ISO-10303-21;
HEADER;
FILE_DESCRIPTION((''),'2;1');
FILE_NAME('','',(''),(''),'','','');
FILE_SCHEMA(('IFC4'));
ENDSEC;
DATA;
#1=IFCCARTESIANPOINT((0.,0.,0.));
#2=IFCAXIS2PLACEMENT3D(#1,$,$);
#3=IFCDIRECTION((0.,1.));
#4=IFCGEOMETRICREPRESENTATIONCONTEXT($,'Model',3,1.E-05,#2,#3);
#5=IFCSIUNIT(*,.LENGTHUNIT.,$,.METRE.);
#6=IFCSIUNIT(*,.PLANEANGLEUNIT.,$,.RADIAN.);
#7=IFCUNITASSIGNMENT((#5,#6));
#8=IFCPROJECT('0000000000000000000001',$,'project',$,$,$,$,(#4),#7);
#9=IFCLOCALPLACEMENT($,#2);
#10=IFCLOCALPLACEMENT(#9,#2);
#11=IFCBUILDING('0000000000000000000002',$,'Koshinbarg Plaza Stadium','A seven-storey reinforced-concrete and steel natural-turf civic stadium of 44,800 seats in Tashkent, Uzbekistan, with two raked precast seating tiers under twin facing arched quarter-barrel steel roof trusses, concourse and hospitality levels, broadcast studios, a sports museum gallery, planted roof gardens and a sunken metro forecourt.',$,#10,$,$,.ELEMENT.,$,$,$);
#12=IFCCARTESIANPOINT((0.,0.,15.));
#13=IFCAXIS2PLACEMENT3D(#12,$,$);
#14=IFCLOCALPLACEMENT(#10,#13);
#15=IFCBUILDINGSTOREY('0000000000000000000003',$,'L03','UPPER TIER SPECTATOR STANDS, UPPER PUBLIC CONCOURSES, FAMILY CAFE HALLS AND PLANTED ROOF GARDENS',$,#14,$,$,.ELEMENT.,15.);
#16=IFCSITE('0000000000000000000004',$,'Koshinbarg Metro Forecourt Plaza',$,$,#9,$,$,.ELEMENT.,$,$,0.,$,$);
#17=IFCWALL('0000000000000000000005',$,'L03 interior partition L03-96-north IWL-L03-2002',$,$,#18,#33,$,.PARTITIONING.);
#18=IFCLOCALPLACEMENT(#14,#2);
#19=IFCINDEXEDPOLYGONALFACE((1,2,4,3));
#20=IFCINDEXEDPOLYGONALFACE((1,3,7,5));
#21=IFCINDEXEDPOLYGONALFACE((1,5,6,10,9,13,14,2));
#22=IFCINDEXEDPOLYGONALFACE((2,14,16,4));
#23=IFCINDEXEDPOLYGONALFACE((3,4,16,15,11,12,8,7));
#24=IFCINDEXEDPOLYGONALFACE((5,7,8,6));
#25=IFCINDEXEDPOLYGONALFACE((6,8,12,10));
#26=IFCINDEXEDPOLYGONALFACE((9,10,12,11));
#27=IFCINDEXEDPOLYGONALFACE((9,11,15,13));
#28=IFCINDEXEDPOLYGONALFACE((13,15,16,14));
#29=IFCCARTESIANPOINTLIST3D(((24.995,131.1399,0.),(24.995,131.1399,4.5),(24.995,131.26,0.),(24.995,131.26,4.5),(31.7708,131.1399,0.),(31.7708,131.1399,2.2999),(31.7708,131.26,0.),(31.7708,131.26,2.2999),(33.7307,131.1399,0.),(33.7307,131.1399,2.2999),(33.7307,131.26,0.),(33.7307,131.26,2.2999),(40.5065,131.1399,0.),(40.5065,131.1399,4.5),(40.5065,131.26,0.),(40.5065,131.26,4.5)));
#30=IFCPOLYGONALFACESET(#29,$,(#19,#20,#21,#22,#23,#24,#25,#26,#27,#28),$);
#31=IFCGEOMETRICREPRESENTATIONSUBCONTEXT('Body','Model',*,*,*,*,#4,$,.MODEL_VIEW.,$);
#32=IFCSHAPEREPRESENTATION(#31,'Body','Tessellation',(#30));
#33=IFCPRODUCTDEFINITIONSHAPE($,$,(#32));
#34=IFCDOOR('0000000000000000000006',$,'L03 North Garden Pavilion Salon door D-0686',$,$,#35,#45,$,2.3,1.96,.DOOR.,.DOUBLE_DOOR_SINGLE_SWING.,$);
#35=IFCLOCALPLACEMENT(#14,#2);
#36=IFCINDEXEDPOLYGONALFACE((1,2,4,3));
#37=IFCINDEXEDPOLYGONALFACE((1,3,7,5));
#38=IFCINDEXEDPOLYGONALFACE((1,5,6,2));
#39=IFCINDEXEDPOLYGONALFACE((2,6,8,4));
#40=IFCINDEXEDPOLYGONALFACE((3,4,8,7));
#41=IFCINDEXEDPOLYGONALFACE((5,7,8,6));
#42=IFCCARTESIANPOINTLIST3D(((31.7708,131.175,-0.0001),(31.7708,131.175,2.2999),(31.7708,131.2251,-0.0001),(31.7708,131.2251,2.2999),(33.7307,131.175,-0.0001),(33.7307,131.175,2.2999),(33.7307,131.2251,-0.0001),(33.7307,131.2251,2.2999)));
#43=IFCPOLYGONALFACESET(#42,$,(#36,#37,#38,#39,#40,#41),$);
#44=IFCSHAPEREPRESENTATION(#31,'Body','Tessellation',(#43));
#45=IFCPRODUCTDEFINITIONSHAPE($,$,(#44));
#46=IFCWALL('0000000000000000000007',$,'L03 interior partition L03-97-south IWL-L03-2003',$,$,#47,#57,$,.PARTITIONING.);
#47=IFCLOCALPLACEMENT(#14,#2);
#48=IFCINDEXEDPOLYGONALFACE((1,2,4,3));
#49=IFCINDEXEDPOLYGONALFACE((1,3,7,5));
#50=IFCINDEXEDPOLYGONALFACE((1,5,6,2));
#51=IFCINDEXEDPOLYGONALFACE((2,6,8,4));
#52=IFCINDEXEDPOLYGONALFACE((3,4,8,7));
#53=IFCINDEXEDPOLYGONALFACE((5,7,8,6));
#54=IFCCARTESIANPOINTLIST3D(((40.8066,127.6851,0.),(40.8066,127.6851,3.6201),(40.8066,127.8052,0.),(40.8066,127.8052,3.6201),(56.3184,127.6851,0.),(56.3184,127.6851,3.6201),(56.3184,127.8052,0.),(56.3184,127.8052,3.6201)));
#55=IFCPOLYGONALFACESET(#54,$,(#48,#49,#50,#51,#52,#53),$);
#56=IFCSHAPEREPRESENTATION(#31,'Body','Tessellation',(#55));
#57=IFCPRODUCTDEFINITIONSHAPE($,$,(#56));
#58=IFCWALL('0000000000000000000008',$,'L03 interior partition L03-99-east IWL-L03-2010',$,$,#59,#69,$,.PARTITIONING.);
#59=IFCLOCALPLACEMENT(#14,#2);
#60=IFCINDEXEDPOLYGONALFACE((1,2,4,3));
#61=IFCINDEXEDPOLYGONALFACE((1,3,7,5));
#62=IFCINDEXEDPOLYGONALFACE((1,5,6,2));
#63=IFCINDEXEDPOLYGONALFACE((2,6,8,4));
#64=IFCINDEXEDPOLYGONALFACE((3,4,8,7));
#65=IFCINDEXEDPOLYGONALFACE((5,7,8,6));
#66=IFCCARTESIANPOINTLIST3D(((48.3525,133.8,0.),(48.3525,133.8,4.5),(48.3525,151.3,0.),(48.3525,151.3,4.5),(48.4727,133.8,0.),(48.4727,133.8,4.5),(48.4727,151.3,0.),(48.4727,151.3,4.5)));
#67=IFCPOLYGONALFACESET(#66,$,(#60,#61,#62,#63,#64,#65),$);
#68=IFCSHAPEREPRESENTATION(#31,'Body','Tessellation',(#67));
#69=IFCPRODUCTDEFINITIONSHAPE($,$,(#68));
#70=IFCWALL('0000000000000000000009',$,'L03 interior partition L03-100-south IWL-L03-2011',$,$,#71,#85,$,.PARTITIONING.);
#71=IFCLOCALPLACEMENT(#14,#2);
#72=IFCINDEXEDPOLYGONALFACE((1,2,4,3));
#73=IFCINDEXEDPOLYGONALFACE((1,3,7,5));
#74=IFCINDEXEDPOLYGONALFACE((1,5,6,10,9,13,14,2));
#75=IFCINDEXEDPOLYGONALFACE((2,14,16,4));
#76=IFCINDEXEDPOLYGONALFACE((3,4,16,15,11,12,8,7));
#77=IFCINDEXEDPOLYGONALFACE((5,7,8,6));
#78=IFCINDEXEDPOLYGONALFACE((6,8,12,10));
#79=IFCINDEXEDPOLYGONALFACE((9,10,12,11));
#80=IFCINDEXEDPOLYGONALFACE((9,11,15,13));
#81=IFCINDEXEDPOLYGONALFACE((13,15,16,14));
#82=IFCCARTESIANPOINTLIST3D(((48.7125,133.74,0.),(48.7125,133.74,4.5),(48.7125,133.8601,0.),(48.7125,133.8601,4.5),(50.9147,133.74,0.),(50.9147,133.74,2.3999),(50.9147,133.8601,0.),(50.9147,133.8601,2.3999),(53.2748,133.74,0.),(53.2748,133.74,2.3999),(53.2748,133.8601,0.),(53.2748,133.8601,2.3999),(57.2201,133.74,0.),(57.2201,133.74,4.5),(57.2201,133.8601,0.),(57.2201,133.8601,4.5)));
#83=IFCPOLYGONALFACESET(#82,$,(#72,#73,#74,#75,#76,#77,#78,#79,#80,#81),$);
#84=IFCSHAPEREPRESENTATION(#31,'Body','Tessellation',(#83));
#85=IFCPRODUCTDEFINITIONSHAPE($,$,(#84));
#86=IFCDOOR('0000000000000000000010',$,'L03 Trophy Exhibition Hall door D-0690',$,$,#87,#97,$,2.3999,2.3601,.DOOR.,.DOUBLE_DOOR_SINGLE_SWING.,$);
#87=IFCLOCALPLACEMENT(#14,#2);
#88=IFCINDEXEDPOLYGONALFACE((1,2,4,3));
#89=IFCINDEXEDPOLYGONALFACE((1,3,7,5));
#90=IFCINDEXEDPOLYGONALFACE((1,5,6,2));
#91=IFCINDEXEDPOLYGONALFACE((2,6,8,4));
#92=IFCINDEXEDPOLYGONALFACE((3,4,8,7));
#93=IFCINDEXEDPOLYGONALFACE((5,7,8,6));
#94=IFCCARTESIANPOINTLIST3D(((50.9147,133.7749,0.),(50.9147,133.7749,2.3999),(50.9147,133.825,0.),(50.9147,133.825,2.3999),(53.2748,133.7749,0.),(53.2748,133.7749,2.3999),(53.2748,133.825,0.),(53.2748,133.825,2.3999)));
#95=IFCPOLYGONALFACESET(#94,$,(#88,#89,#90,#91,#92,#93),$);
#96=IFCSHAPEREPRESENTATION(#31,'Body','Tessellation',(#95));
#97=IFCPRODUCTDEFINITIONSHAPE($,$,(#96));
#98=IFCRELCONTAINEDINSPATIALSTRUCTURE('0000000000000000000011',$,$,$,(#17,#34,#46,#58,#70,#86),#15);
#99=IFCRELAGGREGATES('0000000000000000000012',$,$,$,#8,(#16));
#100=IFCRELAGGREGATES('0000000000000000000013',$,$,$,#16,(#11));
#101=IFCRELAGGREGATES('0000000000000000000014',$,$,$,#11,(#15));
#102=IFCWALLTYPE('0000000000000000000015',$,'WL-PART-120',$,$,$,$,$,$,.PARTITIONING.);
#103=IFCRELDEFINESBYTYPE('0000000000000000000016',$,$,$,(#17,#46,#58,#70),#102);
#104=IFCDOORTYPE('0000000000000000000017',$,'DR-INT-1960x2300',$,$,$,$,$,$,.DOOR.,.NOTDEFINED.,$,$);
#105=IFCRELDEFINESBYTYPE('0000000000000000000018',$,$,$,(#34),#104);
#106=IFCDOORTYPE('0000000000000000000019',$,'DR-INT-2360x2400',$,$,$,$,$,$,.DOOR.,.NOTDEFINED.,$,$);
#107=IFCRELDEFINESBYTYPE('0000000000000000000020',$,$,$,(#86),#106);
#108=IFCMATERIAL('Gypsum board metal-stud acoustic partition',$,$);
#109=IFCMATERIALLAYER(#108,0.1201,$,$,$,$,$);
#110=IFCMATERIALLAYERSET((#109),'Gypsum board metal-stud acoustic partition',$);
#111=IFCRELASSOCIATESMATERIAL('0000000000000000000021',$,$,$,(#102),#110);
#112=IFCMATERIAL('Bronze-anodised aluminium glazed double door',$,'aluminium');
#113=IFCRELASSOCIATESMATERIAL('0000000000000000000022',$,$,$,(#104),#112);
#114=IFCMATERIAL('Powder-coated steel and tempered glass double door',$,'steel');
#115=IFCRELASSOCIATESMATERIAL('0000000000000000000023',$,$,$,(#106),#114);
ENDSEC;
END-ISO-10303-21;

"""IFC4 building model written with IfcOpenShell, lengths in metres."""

from ifc_helpers import new_model, si_unit, direction, frame, frame_2d, origin, place, context, subcontext, project, spatial, rectangle, extrude, material, layer, layer_set, type_object, element, fill, save


model = new_model("IFC4")

# Units and contexts
model_context = context("Model", 3, precision=1e-05, world=origin(), true_north=direction((0.0, 1.0)))
body_context = subcontext(model_context, "Body", "Model", "MODEL_VIEW")
ifc_project = project(units=[si_unit("LENGTHUNIT", "METRE"), si_unit("PLANEANGLEUNIT", "RADIAN")], contexts=[model_context])

# Site, building, storey
site_placement = place(None, origin())
site = spatial("IfcSite", under=ifc_project, at=site_placement, Name="Koshinbarg Metro Forecourt Plaza", CompositionType="ELEMENT", RefElevation=0.0)
building_placement = place(site_placement, origin())
building = spatial("IfcBuilding", under=site, at=building_placement, Name="Koshinbarg Plaza Stadium", Description="A seven-storey reinforced-concrete and steel natural-turf civic stadium of 44,800 seats in Tashkent, Uzbekistan, with two raked precast seating tiers under twin facing arched quarter-barrel steel roof trusses, concourse and hospitality levels, broadcast studios, a sports museum gallery, planted roof gardens and a sunken metro forecourt.", CompositionType="ELEMENT")
storey_placement = place(building_placement, frame((0.0, 0.0, 15.0)))
storey = spatial("IfcBuildingStorey", under=building, at=storey_placement, Name="L03", Description="UPPER TIER SPECTATOR STANDS, UPPER PUBLIC CONCOURSES, FAMILY CAFE HALLS AND PLANTED ROOF GARDENS", CompositionType="ELEMENT", Elevation=15.0)

# Shared definitions
ifc_material_1 = material(Name="Gypsum board metal-stud acoustic partition")
ifc_layer_1 = layer(ifc_material_1, 0.1201)
ifc_layer_set_1 = layer_set([ifc_layer_1], Name="Gypsum board metal-stud acoustic partition")
wall_type_1 = type_object("IfcWallType", Name="WL-PART-120", PredefinedType="PARTITIONING", material=ifc_layer_set_1)

# Wall, opening, door
wall_1_placement = place(storey_placement, frame((40.5066, 131.2, 0.0), z_axis=(0.0, 0.0, 1.0), x_axis=(-1.0, 0.0, 0.0)))
wall_1 = element("IfcWall", 1, at=wall_1_placement, inside=storey, type_object=wall_type_1, Name="L03 interior partition L03-96-north IWL-L03-2002", PredefinedType="PARTITIONING", context=body_context, shape_type="SweptSolid", body=[
    extrude(rectangle(XDim=15.5115, YDim=0.1201, at=frame_2d((7.7559, 0.0))), origin(), (0.0, 0.0, 1.0), 4.5),
])
opening_1_placement = place(wall_1_placement, frame((6.7759, 0.0, 0.0)))
opening_1 = element("IfcOpeningElement", 2, at=opening_1_placement, cuts=wall_1, PredefinedType="OPENING", context=body_context, shape_type="SweptSolid", body=[
    extrude(rectangle(XDim=1.96, YDim=2.3, at=frame_2d((0.98, 1.1499))), frame((0.0, 0.0701, 0.0), z_axis=(0.0, -1.0, 0.0), x_axis=(1.0, 0.0, 0.0)), (0.0, 0.0, 1.0), 0.1401),
])
ifc_material_2 = material(Name="Bronze-anodised aluminium glazed double door", Category="aluminium")
door_type_1 = type_object("IfcDoorType", Name="DR-INT-1960x2300", OperationType="NOTDEFINED", PredefinedType="DOOR", material=ifc_material_2)
door_1_placement = place(opening_1_placement, origin())
door_1 = element("IfcDoor", 3, at=door_1_placement, inside=storey, type_object=door_type_1, Name="L03 North Garden Pavilion Salon door D-0686", OperationType="DOUBLE_DOOR_SINGLE_SWING", OverallHeight=2.3, OverallWidth=1.96, PredefinedType="DOOR", context=body_context, shape_type="SweptSolid", body=[
    extrude(rectangle(XDim=1.96, YDim=2.3, at=frame_2d((0.98, 1.1499))), frame((0.0, 0.0249, 0.0), z_axis=(0.0, -1.0, 0.0), x_axis=(1.0, 0.0, 0.0)), (0.0, 0.0, 1.0), 0.05),
])
fill(opening_1, door_1)

# Walls
wall_2_placement = place(storey_placement, frame((40.8066, 127.7451, 0.0), z_axis=(0.0, 0.0, 1.0), x_axis=(1.0, 0.0, 0.0)))
element("IfcWall", 4, at=wall_2_placement, inside=storey, type_object=wall_type_1, Name="L03 interior partition L03-97-south IWL-L03-2003", PredefinedType="PARTITIONING", context=body_context, shape_type="SweptSolid", body=[
    extrude(rectangle(XDim=15.5117, YDim=0.1201, at=frame_2d((7.7559, 0.0))), origin(), (0.0, 0.0, 1.0), 3.6201),
])
wall_3_placement = place(storey_placement, frame((48.4126, 133.8, 0.0), z_axis=(0.0, 0.0, 1.0), x_axis=(0.0, 1.0, 0.0)))
element("IfcWall", 5, at=wall_3_placement, inside=storey, type_object=wall_type_1, Name="L03 interior partition L03-99-east IWL-L03-2010", PredefinedType="PARTITIONING", context=body_context, shape_type="SweptSolid", body=[
    extrude(rectangle(XDim=17.5, YDim=0.1201, at=frame_2d((8.75, 0.0))), origin(), (0.0, 0.0, 1.0), 4.5),
])

# Wall, opening, door
wall_4_placement = place(storey_placement, frame((48.7124, 133.8, 0.0), z_axis=(0.0, 0.0, 1.0), x_axis=(1.0, 0.0, 0.0)))
wall_4 = element("IfcWall", 6, at=wall_4_placement, inside=storey, type_object=wall_type_1, Name="L03 interior partition L03-100-south IWL-L03-2011", PredefinedType="PARTITIONING", context=body_context, shape_type="SweptSolid", body=[
    extrude(rectangle(XDim=8.5076, YDim=0.1201, at=frame_2d((4.2539, 0.0))), origin(), (0.0, 0.0, 1.0), 4.5),
])
opening_2_placement = place(wall_4_placement, frame((2.2021, 0.0, 0.0)))
opening_2 = element("IfcOpeningElement", 7, at=opening_2_placement, cuts=wall_4, PredefinedType="OPENING", context=body_context, shape_type="SweptSolid", body=[
    extrude(rectangle(XDim=2.3601, YDim=2.3999, at=frame_2d((1.1802, 1.2))), frame((0.0, 0.0701, 0.0), z_axis=(0.0, -1.0, 0.0), x_axis=(1.0, 0.0, 0.0)), (0.0, 0.0, 1.0), 0.1401),
])
ifc_material_3 = material(Name="Powder-coated steel and tempered glass double door", Category="steel")
door_type_2 = type_object("IfcDoorType", Name="DR-INT-2360x2400", OperationType="NOTDEFINED", PredefinedType="DOOR", material=ifc_material_3)
door_2_placement = place(opening_2_placement, origin())
door_2 = element("IfcDoor", 8, at=door_2_placement, inside=storey, type_object=door_type_2, Name="L03 Trophy Exhibition Hall door D-0690", OperationType="DOUBLE_DOOR_SINGLE_SWING", OverallHeight=2.3999, OverallWidth=2.3601, PredefinedType="DOOR", context=body_context, shape_type="SweptSolid", body=[
    extrude(rectangle(XDim=2.3601, YDim=2.3999, at=frame_2d((1.1802, 1.2))), frame((0.0, 0.0249, 0.0), z_axis=(0.0, -1.0, 0.0), x_axis=(1.0, 0.0, 0.0)), (0.0, 0.0, 1.0), 0.05),
])
fill(opening_2, door_2)

save(model, "model.ifc")
